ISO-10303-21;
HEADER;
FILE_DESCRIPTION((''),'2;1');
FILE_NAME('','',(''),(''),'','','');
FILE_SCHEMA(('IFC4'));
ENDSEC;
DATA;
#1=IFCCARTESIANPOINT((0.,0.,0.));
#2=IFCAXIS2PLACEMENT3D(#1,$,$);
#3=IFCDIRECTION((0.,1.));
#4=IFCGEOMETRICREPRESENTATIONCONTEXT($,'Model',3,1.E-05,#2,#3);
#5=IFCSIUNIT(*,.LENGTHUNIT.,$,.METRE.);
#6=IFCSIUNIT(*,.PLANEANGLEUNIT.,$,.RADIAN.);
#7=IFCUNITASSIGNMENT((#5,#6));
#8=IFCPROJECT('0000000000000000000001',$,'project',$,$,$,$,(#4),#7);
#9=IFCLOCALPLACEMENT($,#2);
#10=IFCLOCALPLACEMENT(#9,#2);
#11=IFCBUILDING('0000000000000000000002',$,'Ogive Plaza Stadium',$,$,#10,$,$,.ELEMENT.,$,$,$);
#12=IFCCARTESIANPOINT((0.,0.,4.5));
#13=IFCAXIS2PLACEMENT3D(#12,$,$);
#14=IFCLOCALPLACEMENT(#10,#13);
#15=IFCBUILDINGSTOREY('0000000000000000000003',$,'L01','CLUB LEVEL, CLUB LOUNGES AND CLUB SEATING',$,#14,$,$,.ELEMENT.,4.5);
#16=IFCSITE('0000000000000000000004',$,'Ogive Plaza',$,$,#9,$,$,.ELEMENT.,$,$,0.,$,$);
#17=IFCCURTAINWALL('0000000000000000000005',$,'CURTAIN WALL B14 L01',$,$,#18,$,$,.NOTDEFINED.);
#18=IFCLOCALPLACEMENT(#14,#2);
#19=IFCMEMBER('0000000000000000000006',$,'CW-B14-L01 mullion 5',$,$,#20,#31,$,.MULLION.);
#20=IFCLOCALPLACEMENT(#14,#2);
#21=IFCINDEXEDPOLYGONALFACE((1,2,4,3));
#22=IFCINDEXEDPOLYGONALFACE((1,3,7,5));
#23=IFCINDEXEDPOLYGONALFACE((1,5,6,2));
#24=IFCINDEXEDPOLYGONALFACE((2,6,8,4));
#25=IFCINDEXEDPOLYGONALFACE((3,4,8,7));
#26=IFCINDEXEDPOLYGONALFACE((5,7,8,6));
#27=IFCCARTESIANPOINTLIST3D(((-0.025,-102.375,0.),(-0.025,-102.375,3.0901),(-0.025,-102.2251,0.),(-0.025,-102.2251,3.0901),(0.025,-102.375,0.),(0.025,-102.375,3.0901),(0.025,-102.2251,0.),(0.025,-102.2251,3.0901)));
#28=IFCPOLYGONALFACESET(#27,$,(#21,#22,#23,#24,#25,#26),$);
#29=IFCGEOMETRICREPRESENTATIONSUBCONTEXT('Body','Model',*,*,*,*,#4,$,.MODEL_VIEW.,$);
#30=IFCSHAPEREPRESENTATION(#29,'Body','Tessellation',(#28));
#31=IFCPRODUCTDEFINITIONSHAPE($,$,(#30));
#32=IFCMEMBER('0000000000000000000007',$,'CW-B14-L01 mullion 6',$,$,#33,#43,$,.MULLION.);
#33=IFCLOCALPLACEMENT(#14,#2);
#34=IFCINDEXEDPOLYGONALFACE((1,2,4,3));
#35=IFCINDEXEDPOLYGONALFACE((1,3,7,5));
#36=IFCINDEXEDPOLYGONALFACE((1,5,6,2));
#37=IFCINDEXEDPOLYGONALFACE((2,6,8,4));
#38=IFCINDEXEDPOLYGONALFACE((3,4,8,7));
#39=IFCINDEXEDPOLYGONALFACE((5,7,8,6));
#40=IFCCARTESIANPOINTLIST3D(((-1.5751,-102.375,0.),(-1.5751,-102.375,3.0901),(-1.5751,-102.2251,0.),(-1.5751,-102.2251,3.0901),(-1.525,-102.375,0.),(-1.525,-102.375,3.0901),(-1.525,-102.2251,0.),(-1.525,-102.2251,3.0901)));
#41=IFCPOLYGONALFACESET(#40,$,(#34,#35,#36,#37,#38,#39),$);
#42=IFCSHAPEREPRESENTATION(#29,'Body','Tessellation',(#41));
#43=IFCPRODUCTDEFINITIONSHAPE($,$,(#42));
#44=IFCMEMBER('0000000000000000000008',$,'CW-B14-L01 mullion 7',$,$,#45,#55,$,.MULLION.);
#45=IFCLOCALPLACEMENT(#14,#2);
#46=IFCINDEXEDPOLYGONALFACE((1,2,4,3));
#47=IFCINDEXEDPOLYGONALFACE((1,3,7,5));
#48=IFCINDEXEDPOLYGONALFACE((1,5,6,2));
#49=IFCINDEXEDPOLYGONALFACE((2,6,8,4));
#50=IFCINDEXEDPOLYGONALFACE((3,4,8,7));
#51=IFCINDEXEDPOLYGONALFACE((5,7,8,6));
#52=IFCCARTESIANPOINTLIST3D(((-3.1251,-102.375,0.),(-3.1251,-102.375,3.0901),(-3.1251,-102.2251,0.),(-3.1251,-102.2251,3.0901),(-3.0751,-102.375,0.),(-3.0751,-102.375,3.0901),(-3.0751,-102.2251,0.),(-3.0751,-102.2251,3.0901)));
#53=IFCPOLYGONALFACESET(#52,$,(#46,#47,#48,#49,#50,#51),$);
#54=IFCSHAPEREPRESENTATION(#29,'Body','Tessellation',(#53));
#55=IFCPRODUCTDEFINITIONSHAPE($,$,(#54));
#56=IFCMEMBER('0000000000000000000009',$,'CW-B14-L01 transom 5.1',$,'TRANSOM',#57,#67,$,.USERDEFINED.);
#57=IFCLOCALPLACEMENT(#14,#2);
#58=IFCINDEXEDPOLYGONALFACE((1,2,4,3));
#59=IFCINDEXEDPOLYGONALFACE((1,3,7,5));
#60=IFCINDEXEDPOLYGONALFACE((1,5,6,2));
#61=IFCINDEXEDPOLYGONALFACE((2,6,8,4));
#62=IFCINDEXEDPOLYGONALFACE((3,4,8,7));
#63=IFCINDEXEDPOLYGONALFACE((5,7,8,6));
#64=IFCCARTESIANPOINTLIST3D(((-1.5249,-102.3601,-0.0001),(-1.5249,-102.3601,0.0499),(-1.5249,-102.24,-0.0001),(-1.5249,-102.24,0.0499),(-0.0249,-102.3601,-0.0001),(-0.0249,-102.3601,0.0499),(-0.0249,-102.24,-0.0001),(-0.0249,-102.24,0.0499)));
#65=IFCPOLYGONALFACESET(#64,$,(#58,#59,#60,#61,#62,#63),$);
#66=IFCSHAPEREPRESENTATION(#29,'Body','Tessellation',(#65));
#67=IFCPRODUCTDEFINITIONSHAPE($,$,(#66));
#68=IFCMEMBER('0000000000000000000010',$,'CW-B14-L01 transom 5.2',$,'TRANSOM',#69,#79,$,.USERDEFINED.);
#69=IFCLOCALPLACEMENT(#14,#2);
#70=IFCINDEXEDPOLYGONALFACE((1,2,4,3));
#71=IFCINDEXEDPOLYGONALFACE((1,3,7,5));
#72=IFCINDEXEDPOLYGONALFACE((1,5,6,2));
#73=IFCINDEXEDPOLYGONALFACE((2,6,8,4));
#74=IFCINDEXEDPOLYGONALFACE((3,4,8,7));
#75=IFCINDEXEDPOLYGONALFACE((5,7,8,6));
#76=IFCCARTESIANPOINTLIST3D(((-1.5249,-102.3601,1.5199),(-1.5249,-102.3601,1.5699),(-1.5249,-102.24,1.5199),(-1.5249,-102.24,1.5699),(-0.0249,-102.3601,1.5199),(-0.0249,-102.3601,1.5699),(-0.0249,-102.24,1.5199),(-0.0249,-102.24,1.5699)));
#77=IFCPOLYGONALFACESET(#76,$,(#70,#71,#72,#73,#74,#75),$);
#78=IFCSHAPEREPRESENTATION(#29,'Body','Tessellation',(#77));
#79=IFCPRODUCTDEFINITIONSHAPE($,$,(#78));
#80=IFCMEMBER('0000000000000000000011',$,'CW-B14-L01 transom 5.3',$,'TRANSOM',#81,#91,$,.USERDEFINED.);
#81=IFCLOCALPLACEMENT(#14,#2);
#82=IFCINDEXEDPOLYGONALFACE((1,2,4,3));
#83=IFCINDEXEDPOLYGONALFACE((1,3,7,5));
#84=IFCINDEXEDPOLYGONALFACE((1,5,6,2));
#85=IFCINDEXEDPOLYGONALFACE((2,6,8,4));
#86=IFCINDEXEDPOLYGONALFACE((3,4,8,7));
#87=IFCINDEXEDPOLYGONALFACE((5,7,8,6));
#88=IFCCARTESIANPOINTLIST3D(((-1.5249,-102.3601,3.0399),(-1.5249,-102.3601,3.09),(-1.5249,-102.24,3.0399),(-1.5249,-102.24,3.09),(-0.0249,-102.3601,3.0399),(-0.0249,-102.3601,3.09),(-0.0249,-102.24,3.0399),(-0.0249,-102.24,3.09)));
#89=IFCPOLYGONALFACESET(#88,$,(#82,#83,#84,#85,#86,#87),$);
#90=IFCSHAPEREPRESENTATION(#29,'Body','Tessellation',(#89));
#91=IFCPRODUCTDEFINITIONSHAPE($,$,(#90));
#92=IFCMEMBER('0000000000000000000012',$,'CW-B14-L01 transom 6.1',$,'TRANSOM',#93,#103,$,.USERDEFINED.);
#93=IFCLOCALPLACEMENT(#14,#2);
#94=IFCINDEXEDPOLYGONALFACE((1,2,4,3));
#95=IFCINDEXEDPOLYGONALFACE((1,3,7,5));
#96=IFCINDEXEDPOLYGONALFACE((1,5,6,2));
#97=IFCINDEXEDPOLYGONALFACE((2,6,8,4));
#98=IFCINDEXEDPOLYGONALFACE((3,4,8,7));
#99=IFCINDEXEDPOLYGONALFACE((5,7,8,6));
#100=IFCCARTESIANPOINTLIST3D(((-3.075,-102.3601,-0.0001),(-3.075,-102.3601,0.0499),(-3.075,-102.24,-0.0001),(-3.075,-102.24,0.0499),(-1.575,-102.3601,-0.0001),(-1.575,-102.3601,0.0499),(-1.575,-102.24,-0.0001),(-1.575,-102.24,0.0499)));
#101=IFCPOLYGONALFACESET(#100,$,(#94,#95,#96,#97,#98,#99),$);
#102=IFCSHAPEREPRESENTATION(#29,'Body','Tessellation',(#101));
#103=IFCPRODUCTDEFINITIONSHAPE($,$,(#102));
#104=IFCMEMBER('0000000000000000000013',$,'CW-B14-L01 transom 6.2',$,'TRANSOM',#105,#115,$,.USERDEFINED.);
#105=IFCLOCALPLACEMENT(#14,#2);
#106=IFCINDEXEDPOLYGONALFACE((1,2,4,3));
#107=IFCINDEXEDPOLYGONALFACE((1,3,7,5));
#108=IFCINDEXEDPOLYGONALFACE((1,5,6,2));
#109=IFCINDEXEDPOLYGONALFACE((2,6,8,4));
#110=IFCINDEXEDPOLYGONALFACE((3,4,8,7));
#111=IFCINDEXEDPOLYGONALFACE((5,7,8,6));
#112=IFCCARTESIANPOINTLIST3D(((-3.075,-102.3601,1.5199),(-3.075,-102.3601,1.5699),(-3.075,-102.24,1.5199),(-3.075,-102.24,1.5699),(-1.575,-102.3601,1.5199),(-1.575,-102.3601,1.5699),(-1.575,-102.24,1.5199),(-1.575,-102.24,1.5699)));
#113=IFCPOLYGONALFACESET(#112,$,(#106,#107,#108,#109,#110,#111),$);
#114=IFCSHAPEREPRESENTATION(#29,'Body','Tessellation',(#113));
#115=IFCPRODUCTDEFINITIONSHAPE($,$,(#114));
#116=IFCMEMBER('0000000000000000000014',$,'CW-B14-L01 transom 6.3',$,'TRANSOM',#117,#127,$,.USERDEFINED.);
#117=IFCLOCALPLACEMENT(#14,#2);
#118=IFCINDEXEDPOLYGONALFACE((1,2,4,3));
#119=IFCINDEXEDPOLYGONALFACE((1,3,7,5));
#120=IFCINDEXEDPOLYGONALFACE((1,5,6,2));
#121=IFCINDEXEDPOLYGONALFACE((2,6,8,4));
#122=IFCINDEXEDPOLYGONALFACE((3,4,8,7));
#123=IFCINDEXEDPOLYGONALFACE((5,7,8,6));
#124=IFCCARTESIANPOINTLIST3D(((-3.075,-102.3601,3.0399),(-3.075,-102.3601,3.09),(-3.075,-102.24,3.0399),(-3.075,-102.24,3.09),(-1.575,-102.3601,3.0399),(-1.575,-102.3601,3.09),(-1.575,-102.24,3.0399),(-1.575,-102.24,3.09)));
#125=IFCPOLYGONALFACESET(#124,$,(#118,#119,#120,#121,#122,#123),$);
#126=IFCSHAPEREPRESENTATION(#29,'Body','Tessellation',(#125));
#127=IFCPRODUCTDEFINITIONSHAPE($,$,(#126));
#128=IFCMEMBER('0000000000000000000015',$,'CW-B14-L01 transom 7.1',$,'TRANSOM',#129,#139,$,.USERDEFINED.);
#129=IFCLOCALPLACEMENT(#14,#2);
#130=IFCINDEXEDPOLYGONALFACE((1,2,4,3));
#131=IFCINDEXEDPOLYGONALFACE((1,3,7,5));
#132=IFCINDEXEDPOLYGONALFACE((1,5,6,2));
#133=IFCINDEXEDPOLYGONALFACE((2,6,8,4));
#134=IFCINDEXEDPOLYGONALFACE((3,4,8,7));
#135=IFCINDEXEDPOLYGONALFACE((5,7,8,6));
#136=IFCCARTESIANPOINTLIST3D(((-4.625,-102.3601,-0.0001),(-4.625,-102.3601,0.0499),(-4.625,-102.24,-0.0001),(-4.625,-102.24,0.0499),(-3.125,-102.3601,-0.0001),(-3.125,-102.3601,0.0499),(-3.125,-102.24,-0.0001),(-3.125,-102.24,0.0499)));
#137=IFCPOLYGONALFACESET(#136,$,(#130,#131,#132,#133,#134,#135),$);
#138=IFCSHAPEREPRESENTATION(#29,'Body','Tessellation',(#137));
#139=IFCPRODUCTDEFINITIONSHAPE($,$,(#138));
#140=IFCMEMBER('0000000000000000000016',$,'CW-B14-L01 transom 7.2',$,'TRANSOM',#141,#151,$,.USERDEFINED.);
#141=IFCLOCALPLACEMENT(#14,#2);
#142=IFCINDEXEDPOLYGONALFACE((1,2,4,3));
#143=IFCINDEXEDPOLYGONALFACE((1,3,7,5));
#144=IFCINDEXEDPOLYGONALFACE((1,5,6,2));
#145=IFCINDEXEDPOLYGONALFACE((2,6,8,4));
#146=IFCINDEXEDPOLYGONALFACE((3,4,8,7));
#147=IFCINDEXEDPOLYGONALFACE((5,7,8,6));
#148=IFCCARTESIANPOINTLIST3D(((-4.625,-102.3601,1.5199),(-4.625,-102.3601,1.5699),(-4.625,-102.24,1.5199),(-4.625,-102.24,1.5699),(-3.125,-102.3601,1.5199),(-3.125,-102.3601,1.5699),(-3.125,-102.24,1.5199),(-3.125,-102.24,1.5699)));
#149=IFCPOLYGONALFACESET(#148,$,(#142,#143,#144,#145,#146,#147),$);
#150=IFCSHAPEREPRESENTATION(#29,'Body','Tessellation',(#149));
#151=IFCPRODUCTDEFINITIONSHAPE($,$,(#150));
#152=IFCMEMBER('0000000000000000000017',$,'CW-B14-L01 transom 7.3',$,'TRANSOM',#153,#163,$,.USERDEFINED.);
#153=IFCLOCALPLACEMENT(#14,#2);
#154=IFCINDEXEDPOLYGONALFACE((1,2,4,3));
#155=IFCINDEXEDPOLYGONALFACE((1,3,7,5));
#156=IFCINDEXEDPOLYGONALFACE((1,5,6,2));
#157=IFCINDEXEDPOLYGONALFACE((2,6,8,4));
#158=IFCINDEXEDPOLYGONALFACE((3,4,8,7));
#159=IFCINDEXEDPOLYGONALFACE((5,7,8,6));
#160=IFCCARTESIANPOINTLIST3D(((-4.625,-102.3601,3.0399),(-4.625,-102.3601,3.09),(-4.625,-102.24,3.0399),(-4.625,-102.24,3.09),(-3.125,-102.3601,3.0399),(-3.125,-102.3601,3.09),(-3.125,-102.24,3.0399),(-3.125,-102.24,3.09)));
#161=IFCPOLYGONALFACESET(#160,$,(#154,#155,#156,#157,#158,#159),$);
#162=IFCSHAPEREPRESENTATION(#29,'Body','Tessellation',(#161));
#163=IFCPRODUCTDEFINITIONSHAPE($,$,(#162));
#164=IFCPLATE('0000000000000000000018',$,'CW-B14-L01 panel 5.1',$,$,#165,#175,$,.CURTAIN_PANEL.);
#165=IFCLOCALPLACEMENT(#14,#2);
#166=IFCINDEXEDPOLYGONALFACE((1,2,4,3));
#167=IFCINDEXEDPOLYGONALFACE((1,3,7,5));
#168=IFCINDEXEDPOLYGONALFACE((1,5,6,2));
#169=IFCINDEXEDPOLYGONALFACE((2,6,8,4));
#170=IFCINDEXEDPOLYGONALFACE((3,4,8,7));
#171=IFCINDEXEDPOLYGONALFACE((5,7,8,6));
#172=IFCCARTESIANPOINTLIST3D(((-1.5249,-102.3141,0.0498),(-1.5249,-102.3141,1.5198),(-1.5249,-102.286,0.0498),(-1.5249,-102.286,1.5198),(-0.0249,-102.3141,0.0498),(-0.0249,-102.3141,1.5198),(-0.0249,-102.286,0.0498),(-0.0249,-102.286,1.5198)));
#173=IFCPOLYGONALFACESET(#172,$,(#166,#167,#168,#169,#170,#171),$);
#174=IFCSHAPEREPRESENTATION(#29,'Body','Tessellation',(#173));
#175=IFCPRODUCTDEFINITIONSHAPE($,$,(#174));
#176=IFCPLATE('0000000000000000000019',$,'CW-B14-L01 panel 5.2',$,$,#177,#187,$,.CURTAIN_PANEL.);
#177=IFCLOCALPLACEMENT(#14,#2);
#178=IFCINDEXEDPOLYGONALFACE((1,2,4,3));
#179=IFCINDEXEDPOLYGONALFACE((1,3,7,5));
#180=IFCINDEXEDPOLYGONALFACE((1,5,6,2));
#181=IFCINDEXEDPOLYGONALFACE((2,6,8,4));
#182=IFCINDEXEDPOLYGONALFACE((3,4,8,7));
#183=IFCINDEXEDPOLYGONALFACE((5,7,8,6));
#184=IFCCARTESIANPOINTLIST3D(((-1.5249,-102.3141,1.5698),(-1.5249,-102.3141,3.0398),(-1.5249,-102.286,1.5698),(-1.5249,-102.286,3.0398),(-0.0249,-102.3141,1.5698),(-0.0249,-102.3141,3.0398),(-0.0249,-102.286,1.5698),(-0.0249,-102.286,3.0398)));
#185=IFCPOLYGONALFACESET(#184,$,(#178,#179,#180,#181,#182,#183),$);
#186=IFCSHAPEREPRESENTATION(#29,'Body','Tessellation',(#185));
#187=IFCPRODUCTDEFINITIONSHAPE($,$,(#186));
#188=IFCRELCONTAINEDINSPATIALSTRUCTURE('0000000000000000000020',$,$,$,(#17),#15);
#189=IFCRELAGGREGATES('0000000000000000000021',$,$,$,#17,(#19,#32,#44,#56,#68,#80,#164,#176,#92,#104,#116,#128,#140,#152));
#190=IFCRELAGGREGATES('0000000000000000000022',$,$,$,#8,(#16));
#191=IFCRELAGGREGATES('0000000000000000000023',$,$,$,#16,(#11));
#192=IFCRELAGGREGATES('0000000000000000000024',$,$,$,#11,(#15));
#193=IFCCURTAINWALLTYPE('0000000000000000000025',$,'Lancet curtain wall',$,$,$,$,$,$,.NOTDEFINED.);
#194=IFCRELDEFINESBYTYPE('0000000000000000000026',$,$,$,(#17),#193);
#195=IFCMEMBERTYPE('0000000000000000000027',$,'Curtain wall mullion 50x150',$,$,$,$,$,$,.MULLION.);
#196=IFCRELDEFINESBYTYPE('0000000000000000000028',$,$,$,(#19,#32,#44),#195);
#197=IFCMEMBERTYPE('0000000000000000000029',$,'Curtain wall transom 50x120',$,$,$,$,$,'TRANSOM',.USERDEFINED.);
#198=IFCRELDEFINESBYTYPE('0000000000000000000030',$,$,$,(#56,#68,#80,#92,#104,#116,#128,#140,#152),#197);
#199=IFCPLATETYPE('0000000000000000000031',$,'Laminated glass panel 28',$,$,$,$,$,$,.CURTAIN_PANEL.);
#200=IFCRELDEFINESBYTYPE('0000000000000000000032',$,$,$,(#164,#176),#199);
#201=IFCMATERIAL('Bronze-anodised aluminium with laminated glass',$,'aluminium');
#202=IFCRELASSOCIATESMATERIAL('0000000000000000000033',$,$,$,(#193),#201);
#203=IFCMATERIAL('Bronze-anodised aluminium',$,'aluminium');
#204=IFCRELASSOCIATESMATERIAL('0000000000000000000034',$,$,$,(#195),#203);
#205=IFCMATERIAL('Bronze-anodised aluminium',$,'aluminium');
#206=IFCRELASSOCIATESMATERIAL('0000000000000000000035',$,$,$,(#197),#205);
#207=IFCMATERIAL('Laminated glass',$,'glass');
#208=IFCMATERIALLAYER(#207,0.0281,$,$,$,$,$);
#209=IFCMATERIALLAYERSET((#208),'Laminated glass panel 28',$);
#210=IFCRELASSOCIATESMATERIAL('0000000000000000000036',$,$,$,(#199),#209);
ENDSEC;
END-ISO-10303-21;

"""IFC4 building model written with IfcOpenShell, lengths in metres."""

from ifc_helpers import new_model, si_unit, direction, frame, origin, origin_2d, place, context, subcontext, project, spatial, rectangle, extrude, material, layer, layer_set, material_profile, profile_set, type_object, element, aggregate, save


model = new_model("IFC4")

# Units and contexts
model_context = context("Model", 3, precision=1e-05, world=origin(), true_north=direction((0.0, 1.0)))
body_context = subcontext(model_context, "Body", "Model", "MODEL_VIEW")
ifc_project = project(units=[si_unit("LENGTHUNIT", "METRE"), si_unit("PLANEANGLEUNIT", "RADIAN")], contexts=[model_context])

# Site, building, storey
site_placement = place(None, origin())
site = spatial("IfcSite", under=ifc_project, at=site_placement, Name="Ogive Plaza", CompositionType="ELEMENT", RefElevation=0.0)
building_placement = place(site_placement, origin())
building = spatial("IfcBuilding", under=site, at=building_placement, Name="Ogive Plaza Stadium", CompositionType="ELEMENT")
storey_placement = place(building_placement, frame((0.0, 0.0, 4.5)))
storey = spatial("IfcBuildingStorey", under=building, at=storey_placement, Name="L01", Description="CLUB LEVEL, CLUB LOUNGES AND CLUB SEATING", CompositionType="ELEMENT", Elevation=4.5)

# Curtain wall, members, plates
ifc_material_1 = material(Name="Bronze-anodised aluminium with laminated glass", Category="aluminium")
curtain_wall_type = type_object("IfcCurtainWallType", Name="Lancet curtain wall", PredefinedType="NOTDEFINED", material=ifc_material_1)
curtain_wall_placement = place(storey_placement, origin())
curtain_wall = element("IfcCurtainWall", 1, at=curtain_wall_placement, inside=storey, type_object=curtain_wall_type, Name="CURTAIN WALL B14 L01", PredefinedType="NOTDEFINED")
ifc_material_2 = material(Name="Bronze-anodised aluminium", Category="aluminium")
ifc_material_profile_1 = material_profile(ifc_material_2, rectangle(XDim=0.1499, YDim=0.05, at=origin_2d()), Name="AL 150x50")
ifc_profile_set_1 = profile_set([ifc_material_profile_1], Name="Bronze-anodised aluminium")
member_type_1 = type_object("IfcMemberType", Name="Curtain wall mullion 50x150", PredefinedType="MULLION", material=ifc_profile_set_1)
member_1_placement = place(storey_placement, frame((0.0, -102.3, 0.0), z_axis=(0.0, 0.0, 1.0), x_axis=(0.0, -1.0, 0.0)))
member_1 = element("IfcMember", 2, at=member_1_placement, type_object=member_type_1, Name="CW-B14-L01 mullion 5", PredefinedType="MULLION", context=body_context, shape_type="SweptSolid", body=[
    extrude(rectangle(XDim=0.1499, YDim=0.05, at=origin_2d()), origin(), (0.0, 0.0, 1.0), 3.0901),
])
member_2_placement = place(storey_placement, frame((-1.55, -102.3, 0.0), z_axis=(0.0, 0.0, 1.0), x_axis=(0.0, -1.0, 0.0)))
member_2 = element("IfcMember", 3, at=member_2_placement, type_object=member_type_1, Name="CW-B14-L01 mullion 6", PredefinedType="MULLION", context=body_context, shape_type="SweptSolid", body=[
    extrude(rectangle(XDim=0.1499, YDim=0.05, at=origin_2d()), origin(), (0.0, 0.0, 1.0), 3.0901),
])
member_3_placement = place(storey_placement, frame((-3.1001, -102.3, 0.0), z_axis=(0.0, 0.0, 1.0), x_axis=(0.0, -1.0, 0.0)))
member_3 = element("IfcMember", 4, at=member_3_placement, type_object=member_type_1, Name="CW-B14-L01 mullion 7", PredefinedType="MULLION", context=body_context, shape_type="SweptSolid", body=[
    extrude(rectangle(XDim=0.1499, YDim=0.05, at=origin_2d()), origin(), (0.0, 0.0, 1.0), 3.0901),
])
ifc_material_3 = material(Name="Bronze-anodised aluminium", Category="aluminium")
ifc_material_profile_2 = material_profile(ifc_material_3, rectangle(XDim=0.1201, YDim=0.05, at=origin_2d()), Name="AL 120x50")
ifc_profile_set_2 = profile_set([ifc_material_profile_2], Name="Bronze-anodised aluminium")
member_type_2 = type_object("IfcMemberType", Name="Curtain wall transom 50x120", ElementType="TRANSOM", PredefinedType="USERDEFINED", material=ifc_profile_set_2)
member_4_placement = place(storey_placement, frame((-0.0249, -102.3, 0.0249), z_axis=(-1.0, 0.0, 0.0), x_axis=(0.0, -1.0, 0.0)))
member_4 = element("IfcMember", 5, at=member_4_placement, type_object=member_type_2, Name="CW-B14-L01 transom 5.1", ObjectType="TRANSOM", PredefinedType="USERDEFINED", context=body_context, shape_type="SweptSolid", body=[
    extrude(rectangle(XDim=0.1201, YDim=0.05, at=origin_2d()), origin(), (0.0, 0.0, 1.0), 1.5),
])
member_5_placement = place(storey_placement, frame((-0.0249, -102.3, 1.5449), z_axis=(-1.0, 0.0, 0.0), x_axis=(0.0, -1.0, 0.0)))
member_5 = element("IfcMember", 6, at=member_5_placement, type_object=member_type_2, Name="CW-B14-L01 transom 5.2", ObjectType="TRANSOM", PredefinedType="USERDEFINED", context=body_context, shape_type="SweptSolid", body=[
    extrude(rectangle(XDim=0.1201, YDim=0.05, at=origin_2d()), origin(), (0.0, 0.0, 1.0), 1.5),
])
member_6_placement = place(storey_placement, frame((-0.0249, -102.3, 3.0649), z_axis=(-1.0, 0.0, 0.0), x_axis=(0.0, -1.0, 0.0)))
member_6 = element("IfcMember", 7, at=member_6_placement, type_object=member_type_2, Name="CW-B14-L01 transom 5.3", ObjectType="TRANSOM", PredefinedType="USERDEFINED", context=body_context, shape_type="SweptSolid", body=[
    extrude(rectangle(XDim=0.1201, YDim=0.05, at=origin_2d()), origin(), (0.0, 0.0, 1.0), 1.5),
])
member_7_placement = place(storey_placement, frame((-1.575, -102.3, 0.0249), z_axis=(-1.0, 0.0, 0.0), x_axis=(0.0, -1.0, 0.0)))
member_7 = element("IfcMember", 8, at=member_7_placement, type_object=member_type_2, Name="CW-B14-L01 transom 6.1", ObjectType="TRANSOM", PredefinedType="USERDEFINED", context=body_context, shape_type="SweptSolid", body=[
    extrude(rectangle(XDim=0.1201, YDim=0.05, at=origin_2d()), origin(), (0.0, 0.0, 1.0), 1.5),
])
member_8_placement = place(storey_placement, frame((-1.575, -102.3, 1.5449), z_axis=(-1.0, 0.0, 0.0), x_axis=(0.0, -1.0, 0.0)))
member_8 = element("IfcMember", 9, at=member_8_placement, type_object=member_type_2, Name="CW-B14-L01 transom 6.2", ObjectType="TRANSOM", PredefinedType="USERDEFINED", context=body_context, shape_type="SweptSolid", body=[
    extrude(rectangle(XDim=0.1201, YDim=0.05, at=origin_2d()), origin(), (0.0, 0.0, 1.0), 1.5),
])
member_9_placement = place(storey_placement, frame((-1.575, -102.3, 3.0649), z_axis=(-1.0, 0.0, 0.0), x_axis=(0.0, -1.0, 0.0)))
member_9 = element("IfcMember", 10, at=member_9_placement, type_object=member_type_2, Name="CW-B14-L01 transom 6.3", ObjectType="TRANSOM", PredefinedType="USERDEFINED", context=body_context, shape_type="SweptSolid", body=[
    extrude(rectangle(XDim=0.1201, YDim=0.05, at=origin_2d()), origin(), (0.0, 0.0, 1.0), 1.5),
])
member_10_placement = place(storey_placement, frame((-3.125, -102.3, 0.0249), z_axis=(-1.0, 0.0, 0.0), x_axis=(0.0, -1.0, 0.0)))
member_10 = element("IfcMember", 11, at=member_10_placement, type_object=member_type_2, Name="CW-B14-L01 transom 7.1", ObjectType="TRANSOM", PredefinedType="USERDEFINED", context=body_context, shape_type="SweptSolid", body=[
    extrude(rectangle(XDim=0.1201, YDim=0.05, at=origin_2d()), origin(), (0.0, 0.0, 1.0), 1.5),
])
member_11_placement = place(storey_placement, frame((-3.125, -102.3, 1.5449), z_axis=(-1.0, 0.0, 0.0), x_axis=(0.0, -1.0, 0.0)))
member_11 = element("IfcMember", 12, at=member_11_placement, type_object=member_type_2, Name="CW-B14-L01 transom 7.2", ObjectType="TRANSOM", PredefinedType="USERDEFINED", context=body_context, shape_type="SweptSolid", body=[
    extrude(rectangle(XDim=0.1201, YDim=0.05, at=origin_2d()), origin(), (0.0, 0.0, 1.0), 1.5),
])
member_12_placement = place(storey_placement, frame((-3.125, -102.3, 3.0649), z_axis=(-1.0, 0.0, 0.0), x_axis=(0.0, -1.0, 0.0)))
member_12 = element("IfcMember", 13, at=member_12_placement, type_object=member_type_2, Name="CW-B14-L01 transom 7.3", ObjectType="TRANSOM", PredefinedType="USERDEFINED", context=body_context, shape_type="SweptSolid", body=[
    extrude(rectangle(XDim=0.1201, YDim=0.05, at=origin_2d()), origin(), (0.0, 0.0, 1.0), 1.5),
])
ifc_material_4 = material(Name="Laminated glass", Category="glass")
ifc_layer = layer(ifc_material_4, 0.0281)
ifc_layer_set = layer_set([ifc_layer], Name="Laminated glass panel 28")
plate_type = type_object("IfcPlateType", Name="Laminated glass panel 28", PredefinedType="CURTAIN_PANEL", material=ifc_layer_set)
plate_1_placement = place(storey_placement, frame((-0.7749, -102.3, 0.0498), z_axis=(0.0, 0.0, 1.0), x_axis=(-1.0, 0.0, 0.0)))
plate_1 = element("IfcPlate", 14, at=plate_1_placement, type_object=plate_type, Name="CW-B14-L01 panel 5.1", PredefinedType="CURTAIN_PANEL", context=body_context, shape_type="SweptSolid", body=[
    extrude(rectangle(XDim=1.5, YDim=0.0281, at=origin_2d()), origin(), (0.0, 0.0, 1.0), 1.47),
])
plate_2_placement = place(storey_placement, frame((-0.7749, -102.3, 1.5698), z_axis=(0.0, 0.0, 1.0), x_axis=(-1.0, 0.0, 0.0)))
plate_2 = element("IfcPlate", 15, at=plate_2_placement, type_object=plate_type, Name="CW-B14-L01 panel 5.2", PredefinedType="CURTAIN_PANEL", context=body_context, shape_type="SweptSolid", body=[
    extrude(rectangle(XDim=1.5, YDim=0.0281, at=origin_2d()), origin(), (0.0, 0.0, 1.0), 1.47),
])
aggregate(curtain_wall, [member_1, member_2, member_3, member_4, member_5, member_6, plate_1, plate_2, member_7, member_8, member_9, member_10, member_11, member_12])

save(model, "model.ifc")
